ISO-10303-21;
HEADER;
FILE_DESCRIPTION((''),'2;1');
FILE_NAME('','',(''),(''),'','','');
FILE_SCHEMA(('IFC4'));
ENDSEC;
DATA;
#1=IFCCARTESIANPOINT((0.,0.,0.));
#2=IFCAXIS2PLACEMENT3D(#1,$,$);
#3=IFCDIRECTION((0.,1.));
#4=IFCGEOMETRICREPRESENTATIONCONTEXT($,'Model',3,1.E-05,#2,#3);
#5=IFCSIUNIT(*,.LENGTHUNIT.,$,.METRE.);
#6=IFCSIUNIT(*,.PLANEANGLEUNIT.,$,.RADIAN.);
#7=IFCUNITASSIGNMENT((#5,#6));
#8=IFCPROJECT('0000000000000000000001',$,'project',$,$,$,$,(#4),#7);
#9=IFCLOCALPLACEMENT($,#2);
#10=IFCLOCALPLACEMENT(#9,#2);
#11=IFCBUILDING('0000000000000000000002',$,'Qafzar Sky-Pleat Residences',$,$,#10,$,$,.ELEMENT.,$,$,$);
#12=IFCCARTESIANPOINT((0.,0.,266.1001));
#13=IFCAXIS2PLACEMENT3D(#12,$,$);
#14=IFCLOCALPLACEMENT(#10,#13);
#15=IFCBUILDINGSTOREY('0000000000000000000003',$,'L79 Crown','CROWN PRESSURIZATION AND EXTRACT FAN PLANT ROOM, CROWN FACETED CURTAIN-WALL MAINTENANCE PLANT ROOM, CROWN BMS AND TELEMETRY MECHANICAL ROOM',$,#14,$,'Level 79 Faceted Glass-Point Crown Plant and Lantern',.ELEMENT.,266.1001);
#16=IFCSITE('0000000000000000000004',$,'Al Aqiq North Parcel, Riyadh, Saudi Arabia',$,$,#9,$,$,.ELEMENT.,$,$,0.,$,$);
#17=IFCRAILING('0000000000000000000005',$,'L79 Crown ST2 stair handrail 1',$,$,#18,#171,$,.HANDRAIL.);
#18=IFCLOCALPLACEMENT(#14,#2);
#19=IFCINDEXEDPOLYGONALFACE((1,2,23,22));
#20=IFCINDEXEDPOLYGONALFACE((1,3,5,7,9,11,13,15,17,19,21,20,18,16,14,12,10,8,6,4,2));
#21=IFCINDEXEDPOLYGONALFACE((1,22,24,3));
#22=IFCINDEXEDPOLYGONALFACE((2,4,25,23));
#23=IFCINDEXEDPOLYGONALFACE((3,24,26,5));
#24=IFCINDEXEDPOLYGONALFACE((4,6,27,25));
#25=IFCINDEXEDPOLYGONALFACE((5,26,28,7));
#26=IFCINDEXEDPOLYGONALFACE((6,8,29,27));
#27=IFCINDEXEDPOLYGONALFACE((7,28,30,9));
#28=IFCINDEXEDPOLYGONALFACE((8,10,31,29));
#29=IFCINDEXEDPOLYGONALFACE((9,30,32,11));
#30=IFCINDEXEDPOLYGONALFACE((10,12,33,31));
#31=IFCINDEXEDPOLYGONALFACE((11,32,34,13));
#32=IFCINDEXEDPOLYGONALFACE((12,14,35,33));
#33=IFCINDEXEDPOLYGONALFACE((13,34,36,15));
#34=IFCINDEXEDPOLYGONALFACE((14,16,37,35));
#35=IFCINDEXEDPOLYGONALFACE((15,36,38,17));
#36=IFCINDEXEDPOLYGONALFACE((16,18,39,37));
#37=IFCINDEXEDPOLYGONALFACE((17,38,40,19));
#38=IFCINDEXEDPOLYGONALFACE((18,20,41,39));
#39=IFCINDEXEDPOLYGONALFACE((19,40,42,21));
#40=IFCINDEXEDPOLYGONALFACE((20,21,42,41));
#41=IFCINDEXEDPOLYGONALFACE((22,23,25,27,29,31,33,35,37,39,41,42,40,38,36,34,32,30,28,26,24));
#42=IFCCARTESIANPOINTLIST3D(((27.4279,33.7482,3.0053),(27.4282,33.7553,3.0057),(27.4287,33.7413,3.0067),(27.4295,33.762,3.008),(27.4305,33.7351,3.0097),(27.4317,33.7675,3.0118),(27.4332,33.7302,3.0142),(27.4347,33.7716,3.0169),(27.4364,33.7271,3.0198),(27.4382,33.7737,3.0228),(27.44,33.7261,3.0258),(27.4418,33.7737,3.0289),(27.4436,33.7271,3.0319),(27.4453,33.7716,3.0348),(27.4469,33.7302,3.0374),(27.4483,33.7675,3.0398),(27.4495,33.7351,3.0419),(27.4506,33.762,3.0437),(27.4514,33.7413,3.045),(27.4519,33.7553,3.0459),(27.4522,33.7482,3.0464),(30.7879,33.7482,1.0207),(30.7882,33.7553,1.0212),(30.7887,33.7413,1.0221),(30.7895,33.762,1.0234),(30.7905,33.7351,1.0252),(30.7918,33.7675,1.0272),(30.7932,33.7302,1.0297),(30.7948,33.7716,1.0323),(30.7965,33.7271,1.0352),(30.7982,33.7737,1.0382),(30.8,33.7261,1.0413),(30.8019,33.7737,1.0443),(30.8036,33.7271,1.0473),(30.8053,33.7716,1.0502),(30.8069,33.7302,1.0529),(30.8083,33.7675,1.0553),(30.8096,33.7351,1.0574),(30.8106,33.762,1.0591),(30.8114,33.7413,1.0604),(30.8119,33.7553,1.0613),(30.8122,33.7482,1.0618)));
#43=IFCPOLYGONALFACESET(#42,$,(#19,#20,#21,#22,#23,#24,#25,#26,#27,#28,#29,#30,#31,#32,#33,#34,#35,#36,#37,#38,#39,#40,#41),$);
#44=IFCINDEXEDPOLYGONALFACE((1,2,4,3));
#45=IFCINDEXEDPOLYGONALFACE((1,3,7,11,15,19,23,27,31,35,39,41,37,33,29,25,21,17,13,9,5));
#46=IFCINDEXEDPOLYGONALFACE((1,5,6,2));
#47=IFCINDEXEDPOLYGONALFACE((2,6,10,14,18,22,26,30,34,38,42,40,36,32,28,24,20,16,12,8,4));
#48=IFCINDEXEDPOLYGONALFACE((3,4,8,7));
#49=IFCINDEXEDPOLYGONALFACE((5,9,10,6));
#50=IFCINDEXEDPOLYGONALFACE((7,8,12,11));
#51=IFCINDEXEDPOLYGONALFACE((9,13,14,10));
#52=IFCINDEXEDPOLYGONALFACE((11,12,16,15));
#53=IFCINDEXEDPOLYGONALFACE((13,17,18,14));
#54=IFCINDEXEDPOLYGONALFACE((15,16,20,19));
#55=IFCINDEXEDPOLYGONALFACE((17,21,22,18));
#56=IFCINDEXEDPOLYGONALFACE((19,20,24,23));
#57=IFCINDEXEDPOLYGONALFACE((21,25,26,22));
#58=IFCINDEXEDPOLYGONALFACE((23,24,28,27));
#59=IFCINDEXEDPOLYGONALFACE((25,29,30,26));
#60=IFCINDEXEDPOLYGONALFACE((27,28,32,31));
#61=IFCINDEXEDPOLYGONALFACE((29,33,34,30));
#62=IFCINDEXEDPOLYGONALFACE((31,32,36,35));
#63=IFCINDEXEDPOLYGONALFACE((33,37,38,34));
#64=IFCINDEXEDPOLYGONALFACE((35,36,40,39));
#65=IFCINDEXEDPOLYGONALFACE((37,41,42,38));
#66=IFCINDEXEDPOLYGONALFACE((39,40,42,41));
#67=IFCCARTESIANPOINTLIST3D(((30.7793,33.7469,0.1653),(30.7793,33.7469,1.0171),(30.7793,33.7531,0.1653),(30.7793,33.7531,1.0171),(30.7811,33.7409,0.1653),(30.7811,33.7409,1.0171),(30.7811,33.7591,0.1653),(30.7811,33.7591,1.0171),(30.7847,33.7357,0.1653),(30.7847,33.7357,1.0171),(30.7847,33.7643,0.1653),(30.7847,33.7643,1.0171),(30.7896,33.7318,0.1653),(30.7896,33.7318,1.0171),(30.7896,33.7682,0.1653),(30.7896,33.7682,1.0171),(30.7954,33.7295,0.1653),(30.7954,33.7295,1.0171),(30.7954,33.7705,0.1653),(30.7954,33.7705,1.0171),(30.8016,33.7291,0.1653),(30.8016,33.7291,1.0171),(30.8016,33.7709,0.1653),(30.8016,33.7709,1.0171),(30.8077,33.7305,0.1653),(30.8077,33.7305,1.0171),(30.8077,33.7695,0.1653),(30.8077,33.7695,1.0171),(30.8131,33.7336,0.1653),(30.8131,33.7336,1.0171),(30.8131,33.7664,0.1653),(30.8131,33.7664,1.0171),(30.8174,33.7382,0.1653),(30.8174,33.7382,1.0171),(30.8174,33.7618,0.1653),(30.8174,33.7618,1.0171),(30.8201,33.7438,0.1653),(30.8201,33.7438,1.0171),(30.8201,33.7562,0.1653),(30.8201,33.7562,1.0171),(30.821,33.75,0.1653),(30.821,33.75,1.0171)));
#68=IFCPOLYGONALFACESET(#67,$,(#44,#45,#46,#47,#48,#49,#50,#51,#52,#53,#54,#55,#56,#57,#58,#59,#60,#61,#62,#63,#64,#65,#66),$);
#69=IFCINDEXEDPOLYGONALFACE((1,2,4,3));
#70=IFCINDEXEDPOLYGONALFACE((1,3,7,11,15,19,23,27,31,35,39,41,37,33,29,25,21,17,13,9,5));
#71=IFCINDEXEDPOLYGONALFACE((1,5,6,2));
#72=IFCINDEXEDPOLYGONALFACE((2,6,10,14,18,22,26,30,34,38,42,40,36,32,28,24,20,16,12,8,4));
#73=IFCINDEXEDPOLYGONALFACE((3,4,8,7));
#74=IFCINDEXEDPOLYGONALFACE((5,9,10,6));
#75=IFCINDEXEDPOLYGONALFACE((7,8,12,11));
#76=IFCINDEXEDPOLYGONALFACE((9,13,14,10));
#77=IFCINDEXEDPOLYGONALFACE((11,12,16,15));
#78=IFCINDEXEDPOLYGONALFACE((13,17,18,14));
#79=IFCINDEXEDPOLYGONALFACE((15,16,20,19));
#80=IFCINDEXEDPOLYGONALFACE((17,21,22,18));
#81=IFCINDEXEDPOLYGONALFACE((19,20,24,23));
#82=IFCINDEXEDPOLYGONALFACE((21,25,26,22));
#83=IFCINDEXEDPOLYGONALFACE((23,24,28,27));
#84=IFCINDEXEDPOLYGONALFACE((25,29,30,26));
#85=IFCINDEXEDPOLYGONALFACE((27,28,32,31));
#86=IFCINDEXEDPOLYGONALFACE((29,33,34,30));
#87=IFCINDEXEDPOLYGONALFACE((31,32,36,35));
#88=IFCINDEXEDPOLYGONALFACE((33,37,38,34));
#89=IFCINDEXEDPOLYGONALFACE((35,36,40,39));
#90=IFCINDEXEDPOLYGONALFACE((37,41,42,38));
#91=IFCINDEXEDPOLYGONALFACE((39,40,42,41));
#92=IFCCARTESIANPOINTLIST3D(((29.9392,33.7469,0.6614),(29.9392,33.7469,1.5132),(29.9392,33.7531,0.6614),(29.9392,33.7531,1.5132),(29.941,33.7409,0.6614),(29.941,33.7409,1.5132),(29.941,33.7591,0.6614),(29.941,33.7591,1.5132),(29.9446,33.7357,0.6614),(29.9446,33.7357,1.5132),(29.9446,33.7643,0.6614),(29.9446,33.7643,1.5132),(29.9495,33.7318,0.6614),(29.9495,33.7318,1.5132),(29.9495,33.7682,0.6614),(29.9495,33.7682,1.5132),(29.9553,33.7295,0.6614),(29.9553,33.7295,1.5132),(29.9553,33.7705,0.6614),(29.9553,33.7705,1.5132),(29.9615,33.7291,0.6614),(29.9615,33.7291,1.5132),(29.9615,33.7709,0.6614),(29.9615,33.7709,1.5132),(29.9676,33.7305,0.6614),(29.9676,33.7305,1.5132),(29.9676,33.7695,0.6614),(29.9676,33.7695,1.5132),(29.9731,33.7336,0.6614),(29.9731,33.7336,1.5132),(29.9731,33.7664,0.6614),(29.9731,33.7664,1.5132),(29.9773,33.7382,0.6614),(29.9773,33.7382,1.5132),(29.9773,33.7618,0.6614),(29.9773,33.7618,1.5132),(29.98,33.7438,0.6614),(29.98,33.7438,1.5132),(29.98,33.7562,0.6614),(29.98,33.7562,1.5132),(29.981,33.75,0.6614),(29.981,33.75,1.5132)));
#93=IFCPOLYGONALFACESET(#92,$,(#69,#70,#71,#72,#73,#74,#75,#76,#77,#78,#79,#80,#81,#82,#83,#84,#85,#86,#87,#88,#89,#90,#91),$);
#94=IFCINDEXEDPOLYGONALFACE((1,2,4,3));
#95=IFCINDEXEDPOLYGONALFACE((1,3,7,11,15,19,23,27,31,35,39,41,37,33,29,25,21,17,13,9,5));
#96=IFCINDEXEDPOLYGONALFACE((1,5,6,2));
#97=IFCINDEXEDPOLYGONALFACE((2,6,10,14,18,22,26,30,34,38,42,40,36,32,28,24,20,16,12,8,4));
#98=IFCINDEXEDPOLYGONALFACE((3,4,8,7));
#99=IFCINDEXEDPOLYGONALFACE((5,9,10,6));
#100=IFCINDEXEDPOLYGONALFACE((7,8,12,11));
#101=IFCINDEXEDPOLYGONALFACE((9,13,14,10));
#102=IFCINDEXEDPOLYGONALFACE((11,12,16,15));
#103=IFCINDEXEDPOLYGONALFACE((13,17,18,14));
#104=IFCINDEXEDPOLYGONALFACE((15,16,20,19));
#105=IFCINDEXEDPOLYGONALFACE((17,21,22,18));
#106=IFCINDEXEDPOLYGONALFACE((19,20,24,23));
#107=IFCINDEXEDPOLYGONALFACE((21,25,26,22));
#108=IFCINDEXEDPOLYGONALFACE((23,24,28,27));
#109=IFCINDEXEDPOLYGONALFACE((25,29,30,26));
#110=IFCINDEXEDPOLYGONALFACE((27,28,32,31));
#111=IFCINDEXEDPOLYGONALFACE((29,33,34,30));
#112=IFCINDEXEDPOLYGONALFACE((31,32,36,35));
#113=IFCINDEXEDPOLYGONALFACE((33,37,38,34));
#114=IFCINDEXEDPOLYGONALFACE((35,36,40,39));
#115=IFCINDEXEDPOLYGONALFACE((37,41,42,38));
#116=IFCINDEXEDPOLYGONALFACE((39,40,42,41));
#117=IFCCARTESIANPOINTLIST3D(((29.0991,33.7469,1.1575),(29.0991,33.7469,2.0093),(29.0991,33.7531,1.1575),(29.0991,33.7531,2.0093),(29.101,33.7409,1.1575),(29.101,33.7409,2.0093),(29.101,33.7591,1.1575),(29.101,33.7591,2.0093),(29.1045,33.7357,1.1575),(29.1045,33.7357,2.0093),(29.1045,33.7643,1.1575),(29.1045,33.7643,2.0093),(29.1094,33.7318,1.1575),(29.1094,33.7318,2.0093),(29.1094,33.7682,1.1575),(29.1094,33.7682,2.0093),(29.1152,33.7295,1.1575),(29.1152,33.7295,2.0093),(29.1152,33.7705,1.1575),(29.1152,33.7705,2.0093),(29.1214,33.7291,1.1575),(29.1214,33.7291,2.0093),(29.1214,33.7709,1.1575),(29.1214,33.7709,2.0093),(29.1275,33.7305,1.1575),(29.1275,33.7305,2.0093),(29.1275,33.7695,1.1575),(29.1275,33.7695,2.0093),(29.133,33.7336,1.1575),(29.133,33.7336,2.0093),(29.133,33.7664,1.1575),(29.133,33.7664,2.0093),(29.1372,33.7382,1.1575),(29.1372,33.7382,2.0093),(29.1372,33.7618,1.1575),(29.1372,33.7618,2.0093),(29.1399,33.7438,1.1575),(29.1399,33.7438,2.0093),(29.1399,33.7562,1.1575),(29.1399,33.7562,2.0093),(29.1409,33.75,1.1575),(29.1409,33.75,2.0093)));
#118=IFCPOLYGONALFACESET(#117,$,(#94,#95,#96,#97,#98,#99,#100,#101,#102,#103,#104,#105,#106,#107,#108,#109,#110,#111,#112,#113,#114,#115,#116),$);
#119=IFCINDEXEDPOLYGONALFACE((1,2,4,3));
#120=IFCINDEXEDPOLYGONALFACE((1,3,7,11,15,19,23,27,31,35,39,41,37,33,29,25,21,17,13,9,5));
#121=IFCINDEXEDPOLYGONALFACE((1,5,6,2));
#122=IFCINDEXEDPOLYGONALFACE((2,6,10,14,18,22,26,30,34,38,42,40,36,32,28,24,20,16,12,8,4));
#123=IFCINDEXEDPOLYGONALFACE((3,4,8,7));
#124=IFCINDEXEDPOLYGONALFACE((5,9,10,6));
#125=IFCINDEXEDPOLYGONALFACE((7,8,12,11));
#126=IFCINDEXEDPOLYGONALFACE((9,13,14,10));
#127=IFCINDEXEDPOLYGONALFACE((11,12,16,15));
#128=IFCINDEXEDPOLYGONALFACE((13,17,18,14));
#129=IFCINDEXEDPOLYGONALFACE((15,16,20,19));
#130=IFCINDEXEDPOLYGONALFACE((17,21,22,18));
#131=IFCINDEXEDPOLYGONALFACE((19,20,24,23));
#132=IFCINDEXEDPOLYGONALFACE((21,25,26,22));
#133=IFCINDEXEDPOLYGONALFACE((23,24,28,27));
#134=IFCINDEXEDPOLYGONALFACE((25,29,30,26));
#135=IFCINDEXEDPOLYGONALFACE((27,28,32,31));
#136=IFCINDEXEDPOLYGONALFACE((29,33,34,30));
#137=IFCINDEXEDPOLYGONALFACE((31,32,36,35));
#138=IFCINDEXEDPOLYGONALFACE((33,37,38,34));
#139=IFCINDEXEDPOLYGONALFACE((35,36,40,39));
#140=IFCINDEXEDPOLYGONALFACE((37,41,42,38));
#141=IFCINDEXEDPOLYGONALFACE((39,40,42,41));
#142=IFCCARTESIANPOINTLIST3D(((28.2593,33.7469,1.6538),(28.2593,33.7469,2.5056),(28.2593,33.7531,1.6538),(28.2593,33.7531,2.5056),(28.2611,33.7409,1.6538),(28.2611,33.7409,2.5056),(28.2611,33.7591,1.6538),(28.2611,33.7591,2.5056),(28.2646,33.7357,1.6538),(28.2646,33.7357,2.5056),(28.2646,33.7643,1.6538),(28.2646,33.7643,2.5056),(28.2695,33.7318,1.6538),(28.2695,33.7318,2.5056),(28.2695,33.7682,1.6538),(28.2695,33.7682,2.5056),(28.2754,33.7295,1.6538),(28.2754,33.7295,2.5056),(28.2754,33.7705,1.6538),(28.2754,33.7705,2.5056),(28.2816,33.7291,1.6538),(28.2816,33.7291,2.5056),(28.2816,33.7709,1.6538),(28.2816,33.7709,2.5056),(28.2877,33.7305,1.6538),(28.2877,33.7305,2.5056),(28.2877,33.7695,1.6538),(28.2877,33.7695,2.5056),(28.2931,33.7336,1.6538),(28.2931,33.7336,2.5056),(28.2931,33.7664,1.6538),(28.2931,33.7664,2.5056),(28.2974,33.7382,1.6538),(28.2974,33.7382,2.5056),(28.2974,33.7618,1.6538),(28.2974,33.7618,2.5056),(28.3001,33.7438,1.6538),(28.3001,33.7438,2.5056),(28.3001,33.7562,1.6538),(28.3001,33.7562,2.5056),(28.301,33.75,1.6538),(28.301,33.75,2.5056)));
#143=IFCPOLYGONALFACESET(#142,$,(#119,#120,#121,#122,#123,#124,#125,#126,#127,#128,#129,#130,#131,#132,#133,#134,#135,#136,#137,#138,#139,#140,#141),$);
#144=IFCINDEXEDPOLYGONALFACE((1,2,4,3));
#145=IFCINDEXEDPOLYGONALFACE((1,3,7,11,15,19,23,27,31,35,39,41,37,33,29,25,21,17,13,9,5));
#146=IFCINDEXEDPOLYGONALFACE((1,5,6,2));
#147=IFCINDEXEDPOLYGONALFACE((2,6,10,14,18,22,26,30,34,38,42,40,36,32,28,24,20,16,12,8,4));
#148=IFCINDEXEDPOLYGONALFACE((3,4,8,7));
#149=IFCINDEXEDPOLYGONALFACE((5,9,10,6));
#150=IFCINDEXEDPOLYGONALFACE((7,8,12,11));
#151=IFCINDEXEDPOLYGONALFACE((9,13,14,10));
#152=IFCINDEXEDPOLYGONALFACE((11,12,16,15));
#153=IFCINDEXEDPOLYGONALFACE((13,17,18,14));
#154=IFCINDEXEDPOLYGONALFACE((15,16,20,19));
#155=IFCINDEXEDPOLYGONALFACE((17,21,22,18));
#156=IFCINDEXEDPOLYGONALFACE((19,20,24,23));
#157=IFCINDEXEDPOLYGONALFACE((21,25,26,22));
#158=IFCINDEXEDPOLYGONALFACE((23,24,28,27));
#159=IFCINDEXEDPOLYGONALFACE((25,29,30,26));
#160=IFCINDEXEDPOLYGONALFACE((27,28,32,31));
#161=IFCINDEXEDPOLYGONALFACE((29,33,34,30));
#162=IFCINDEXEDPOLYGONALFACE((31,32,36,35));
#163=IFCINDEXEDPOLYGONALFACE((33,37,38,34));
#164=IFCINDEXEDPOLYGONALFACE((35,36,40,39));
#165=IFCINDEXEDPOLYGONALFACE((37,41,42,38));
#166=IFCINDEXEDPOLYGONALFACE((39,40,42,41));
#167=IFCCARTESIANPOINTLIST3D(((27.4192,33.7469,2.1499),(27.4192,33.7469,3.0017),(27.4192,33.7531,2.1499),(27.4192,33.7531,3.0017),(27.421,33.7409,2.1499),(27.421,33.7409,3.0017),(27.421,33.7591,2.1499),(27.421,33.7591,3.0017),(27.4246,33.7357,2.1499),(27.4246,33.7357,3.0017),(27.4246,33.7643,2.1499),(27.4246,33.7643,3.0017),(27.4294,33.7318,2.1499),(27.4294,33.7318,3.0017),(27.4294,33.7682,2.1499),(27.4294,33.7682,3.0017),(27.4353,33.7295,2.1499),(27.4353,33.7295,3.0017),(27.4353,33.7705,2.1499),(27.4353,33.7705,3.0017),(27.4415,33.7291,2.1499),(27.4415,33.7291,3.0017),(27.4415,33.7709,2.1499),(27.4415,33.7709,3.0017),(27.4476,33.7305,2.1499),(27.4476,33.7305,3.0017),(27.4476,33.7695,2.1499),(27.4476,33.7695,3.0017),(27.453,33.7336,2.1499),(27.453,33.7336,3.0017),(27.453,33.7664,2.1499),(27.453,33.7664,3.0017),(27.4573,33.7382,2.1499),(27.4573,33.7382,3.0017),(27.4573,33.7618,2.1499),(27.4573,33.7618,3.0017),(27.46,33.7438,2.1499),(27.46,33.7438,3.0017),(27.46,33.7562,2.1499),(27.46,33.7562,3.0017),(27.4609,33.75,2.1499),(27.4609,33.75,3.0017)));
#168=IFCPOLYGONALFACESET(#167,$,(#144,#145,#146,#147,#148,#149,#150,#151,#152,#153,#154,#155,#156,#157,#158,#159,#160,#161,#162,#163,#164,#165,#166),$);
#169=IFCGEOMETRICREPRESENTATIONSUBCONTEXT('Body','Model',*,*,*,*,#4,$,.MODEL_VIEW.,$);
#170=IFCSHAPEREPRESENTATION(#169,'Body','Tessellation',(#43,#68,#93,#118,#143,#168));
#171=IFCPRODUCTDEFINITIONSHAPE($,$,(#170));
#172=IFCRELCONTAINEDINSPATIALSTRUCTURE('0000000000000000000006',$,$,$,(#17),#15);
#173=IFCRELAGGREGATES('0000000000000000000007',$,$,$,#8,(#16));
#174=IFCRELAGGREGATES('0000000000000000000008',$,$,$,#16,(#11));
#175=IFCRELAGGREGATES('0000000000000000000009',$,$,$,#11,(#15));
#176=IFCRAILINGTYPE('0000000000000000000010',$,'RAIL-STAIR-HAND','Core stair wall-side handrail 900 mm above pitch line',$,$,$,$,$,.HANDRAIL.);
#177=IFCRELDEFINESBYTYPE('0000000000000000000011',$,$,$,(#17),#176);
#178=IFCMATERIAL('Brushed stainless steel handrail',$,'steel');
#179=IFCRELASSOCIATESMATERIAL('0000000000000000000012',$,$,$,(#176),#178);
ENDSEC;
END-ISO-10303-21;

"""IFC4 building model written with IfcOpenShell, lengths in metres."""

from ifc_helpers import new_model, si_unit, direction, frame, origin, origin_2d, place, context, subcontext, project, spatial, circle, extrude, source, transform, mapped, material, type_object, element, save


model = new_model("IFC4")

# Units and contexts
model_context = context("Model", 3, precision=1e-05, world=origin(), true_north=direction((0.0, 1.0)))
body_context = subcontext(model_context, "Body", "Model", "MODEL_VIEW")
ifc_project = project(units=[si_unit("LENGTHUNIT", "METRE"), si_unit("PLANEANGLEUNIT", "RADIAN")], contexts=[model_context])

# Site, building, storey
site_placement = place(None, origin())
site = spatial("IfcSite", under=ifc_project, at=site_placement, Name="Al Aqiq North Parcel, Riyadh, Saudi Arabia", CompositionType="ELEMENT", RefElevation=0.0)
building_placement = place(site_placement, origin())
building = spatial("IfcBuilding", under=site, at=building_placement, Name="Qafzar Sky-Pleat Residences", CompositionType="ELEMENT")
storey_placement = place(building_placement, frame((0.0, 0.0, 266.1001)))
storey = spatial("IfcBuildingStorey", under=building, at=storey_placement, Name="L79 Crown", Description="CROWN PRESSURIZATION AND EXTRACT FAN PLANT ROOM, CROWN FACETED CURTAIN-WALL MAINTENANCE PLANT ROOM, CROWN BMS AND TELEMETRY MECHANICAL ROOM", LongName="Level 79 Faceted Glass-Point Crown Plant and Lantern", CompositionType="ELEMENT", Elevation=266.1001)

# Railing
ifc_material_1 = material(Name="Brushed stainless steel handrail", Category="steel")
railing_type_1 = type_object("IfcRailingType", Name="RAIL-STAIR-HAND", Description="Core stair wall-side handrail 900 mm above pitch line", PredefinedType="HANDRAIL", material=ifc_material_1)
shared_shape_1 = source(origin(), body_context, "Body", "SweptSolid", [
    extrude(circle(Radius=0.0239, at=origin_2d()), frame((0.0, 0.0, 0.876), z_axis=(-0.861027, 0.0, 0.508559), x_axis=(0.0, -1.0, 0.0)), (0.0, 0.0, 1.0), 3.9023),
    extrude(circle(Radius=0.021, at=origin_2d()), origin(), (0.0, 0.0, 1.0), 0.8518),
    extrude(circle(Radius=0.021, at=origin_2d()), frame((-0.8401, 0.0, 0.4961)), (0.0, 0.0, 1.0), 0.8518),
    extrude(circle(Radius=0.021, at=origin_2d()), frame((-1.6802, 0.0, 0.9922)), (0.0, 0.0, 1.0), 0.8518),
    extrude(circle(Radius=0.021, at=origin_2d()), frame((-2.52, 0.0, 1.4885)), (0.0, 0.0, 1.0), 0.8518),
    extrude(circle(Radius=0.021, at=origin_2d()), frame((-3.3601, 0.0, 1.9846)), (0.0, 0.0, 1.0), 0.8518),
])
railing_1_placement = place(storey_placement, frame((30.8, 33.75, 0.1653)))
element("IfcRailing", 1, at=railing_1_placement, inside=storey, type_object=railing_type_1, Name="L79 Crown ST2 stair handrail 1", PredefinedType="HANDRAIL", context=body_context, shape_type="MappedRepresentation", body=[
    mapped(shared_shape_1, transform((0.0, 0.0, 0.0), x_axis=(1.0, 0.0, 0.0), y_axis=(0.0, 1.0, 0.0), z_axis=(0.0, 0.0, 1.0), scale=1.0)),
])

save(model, "model.ifc")
